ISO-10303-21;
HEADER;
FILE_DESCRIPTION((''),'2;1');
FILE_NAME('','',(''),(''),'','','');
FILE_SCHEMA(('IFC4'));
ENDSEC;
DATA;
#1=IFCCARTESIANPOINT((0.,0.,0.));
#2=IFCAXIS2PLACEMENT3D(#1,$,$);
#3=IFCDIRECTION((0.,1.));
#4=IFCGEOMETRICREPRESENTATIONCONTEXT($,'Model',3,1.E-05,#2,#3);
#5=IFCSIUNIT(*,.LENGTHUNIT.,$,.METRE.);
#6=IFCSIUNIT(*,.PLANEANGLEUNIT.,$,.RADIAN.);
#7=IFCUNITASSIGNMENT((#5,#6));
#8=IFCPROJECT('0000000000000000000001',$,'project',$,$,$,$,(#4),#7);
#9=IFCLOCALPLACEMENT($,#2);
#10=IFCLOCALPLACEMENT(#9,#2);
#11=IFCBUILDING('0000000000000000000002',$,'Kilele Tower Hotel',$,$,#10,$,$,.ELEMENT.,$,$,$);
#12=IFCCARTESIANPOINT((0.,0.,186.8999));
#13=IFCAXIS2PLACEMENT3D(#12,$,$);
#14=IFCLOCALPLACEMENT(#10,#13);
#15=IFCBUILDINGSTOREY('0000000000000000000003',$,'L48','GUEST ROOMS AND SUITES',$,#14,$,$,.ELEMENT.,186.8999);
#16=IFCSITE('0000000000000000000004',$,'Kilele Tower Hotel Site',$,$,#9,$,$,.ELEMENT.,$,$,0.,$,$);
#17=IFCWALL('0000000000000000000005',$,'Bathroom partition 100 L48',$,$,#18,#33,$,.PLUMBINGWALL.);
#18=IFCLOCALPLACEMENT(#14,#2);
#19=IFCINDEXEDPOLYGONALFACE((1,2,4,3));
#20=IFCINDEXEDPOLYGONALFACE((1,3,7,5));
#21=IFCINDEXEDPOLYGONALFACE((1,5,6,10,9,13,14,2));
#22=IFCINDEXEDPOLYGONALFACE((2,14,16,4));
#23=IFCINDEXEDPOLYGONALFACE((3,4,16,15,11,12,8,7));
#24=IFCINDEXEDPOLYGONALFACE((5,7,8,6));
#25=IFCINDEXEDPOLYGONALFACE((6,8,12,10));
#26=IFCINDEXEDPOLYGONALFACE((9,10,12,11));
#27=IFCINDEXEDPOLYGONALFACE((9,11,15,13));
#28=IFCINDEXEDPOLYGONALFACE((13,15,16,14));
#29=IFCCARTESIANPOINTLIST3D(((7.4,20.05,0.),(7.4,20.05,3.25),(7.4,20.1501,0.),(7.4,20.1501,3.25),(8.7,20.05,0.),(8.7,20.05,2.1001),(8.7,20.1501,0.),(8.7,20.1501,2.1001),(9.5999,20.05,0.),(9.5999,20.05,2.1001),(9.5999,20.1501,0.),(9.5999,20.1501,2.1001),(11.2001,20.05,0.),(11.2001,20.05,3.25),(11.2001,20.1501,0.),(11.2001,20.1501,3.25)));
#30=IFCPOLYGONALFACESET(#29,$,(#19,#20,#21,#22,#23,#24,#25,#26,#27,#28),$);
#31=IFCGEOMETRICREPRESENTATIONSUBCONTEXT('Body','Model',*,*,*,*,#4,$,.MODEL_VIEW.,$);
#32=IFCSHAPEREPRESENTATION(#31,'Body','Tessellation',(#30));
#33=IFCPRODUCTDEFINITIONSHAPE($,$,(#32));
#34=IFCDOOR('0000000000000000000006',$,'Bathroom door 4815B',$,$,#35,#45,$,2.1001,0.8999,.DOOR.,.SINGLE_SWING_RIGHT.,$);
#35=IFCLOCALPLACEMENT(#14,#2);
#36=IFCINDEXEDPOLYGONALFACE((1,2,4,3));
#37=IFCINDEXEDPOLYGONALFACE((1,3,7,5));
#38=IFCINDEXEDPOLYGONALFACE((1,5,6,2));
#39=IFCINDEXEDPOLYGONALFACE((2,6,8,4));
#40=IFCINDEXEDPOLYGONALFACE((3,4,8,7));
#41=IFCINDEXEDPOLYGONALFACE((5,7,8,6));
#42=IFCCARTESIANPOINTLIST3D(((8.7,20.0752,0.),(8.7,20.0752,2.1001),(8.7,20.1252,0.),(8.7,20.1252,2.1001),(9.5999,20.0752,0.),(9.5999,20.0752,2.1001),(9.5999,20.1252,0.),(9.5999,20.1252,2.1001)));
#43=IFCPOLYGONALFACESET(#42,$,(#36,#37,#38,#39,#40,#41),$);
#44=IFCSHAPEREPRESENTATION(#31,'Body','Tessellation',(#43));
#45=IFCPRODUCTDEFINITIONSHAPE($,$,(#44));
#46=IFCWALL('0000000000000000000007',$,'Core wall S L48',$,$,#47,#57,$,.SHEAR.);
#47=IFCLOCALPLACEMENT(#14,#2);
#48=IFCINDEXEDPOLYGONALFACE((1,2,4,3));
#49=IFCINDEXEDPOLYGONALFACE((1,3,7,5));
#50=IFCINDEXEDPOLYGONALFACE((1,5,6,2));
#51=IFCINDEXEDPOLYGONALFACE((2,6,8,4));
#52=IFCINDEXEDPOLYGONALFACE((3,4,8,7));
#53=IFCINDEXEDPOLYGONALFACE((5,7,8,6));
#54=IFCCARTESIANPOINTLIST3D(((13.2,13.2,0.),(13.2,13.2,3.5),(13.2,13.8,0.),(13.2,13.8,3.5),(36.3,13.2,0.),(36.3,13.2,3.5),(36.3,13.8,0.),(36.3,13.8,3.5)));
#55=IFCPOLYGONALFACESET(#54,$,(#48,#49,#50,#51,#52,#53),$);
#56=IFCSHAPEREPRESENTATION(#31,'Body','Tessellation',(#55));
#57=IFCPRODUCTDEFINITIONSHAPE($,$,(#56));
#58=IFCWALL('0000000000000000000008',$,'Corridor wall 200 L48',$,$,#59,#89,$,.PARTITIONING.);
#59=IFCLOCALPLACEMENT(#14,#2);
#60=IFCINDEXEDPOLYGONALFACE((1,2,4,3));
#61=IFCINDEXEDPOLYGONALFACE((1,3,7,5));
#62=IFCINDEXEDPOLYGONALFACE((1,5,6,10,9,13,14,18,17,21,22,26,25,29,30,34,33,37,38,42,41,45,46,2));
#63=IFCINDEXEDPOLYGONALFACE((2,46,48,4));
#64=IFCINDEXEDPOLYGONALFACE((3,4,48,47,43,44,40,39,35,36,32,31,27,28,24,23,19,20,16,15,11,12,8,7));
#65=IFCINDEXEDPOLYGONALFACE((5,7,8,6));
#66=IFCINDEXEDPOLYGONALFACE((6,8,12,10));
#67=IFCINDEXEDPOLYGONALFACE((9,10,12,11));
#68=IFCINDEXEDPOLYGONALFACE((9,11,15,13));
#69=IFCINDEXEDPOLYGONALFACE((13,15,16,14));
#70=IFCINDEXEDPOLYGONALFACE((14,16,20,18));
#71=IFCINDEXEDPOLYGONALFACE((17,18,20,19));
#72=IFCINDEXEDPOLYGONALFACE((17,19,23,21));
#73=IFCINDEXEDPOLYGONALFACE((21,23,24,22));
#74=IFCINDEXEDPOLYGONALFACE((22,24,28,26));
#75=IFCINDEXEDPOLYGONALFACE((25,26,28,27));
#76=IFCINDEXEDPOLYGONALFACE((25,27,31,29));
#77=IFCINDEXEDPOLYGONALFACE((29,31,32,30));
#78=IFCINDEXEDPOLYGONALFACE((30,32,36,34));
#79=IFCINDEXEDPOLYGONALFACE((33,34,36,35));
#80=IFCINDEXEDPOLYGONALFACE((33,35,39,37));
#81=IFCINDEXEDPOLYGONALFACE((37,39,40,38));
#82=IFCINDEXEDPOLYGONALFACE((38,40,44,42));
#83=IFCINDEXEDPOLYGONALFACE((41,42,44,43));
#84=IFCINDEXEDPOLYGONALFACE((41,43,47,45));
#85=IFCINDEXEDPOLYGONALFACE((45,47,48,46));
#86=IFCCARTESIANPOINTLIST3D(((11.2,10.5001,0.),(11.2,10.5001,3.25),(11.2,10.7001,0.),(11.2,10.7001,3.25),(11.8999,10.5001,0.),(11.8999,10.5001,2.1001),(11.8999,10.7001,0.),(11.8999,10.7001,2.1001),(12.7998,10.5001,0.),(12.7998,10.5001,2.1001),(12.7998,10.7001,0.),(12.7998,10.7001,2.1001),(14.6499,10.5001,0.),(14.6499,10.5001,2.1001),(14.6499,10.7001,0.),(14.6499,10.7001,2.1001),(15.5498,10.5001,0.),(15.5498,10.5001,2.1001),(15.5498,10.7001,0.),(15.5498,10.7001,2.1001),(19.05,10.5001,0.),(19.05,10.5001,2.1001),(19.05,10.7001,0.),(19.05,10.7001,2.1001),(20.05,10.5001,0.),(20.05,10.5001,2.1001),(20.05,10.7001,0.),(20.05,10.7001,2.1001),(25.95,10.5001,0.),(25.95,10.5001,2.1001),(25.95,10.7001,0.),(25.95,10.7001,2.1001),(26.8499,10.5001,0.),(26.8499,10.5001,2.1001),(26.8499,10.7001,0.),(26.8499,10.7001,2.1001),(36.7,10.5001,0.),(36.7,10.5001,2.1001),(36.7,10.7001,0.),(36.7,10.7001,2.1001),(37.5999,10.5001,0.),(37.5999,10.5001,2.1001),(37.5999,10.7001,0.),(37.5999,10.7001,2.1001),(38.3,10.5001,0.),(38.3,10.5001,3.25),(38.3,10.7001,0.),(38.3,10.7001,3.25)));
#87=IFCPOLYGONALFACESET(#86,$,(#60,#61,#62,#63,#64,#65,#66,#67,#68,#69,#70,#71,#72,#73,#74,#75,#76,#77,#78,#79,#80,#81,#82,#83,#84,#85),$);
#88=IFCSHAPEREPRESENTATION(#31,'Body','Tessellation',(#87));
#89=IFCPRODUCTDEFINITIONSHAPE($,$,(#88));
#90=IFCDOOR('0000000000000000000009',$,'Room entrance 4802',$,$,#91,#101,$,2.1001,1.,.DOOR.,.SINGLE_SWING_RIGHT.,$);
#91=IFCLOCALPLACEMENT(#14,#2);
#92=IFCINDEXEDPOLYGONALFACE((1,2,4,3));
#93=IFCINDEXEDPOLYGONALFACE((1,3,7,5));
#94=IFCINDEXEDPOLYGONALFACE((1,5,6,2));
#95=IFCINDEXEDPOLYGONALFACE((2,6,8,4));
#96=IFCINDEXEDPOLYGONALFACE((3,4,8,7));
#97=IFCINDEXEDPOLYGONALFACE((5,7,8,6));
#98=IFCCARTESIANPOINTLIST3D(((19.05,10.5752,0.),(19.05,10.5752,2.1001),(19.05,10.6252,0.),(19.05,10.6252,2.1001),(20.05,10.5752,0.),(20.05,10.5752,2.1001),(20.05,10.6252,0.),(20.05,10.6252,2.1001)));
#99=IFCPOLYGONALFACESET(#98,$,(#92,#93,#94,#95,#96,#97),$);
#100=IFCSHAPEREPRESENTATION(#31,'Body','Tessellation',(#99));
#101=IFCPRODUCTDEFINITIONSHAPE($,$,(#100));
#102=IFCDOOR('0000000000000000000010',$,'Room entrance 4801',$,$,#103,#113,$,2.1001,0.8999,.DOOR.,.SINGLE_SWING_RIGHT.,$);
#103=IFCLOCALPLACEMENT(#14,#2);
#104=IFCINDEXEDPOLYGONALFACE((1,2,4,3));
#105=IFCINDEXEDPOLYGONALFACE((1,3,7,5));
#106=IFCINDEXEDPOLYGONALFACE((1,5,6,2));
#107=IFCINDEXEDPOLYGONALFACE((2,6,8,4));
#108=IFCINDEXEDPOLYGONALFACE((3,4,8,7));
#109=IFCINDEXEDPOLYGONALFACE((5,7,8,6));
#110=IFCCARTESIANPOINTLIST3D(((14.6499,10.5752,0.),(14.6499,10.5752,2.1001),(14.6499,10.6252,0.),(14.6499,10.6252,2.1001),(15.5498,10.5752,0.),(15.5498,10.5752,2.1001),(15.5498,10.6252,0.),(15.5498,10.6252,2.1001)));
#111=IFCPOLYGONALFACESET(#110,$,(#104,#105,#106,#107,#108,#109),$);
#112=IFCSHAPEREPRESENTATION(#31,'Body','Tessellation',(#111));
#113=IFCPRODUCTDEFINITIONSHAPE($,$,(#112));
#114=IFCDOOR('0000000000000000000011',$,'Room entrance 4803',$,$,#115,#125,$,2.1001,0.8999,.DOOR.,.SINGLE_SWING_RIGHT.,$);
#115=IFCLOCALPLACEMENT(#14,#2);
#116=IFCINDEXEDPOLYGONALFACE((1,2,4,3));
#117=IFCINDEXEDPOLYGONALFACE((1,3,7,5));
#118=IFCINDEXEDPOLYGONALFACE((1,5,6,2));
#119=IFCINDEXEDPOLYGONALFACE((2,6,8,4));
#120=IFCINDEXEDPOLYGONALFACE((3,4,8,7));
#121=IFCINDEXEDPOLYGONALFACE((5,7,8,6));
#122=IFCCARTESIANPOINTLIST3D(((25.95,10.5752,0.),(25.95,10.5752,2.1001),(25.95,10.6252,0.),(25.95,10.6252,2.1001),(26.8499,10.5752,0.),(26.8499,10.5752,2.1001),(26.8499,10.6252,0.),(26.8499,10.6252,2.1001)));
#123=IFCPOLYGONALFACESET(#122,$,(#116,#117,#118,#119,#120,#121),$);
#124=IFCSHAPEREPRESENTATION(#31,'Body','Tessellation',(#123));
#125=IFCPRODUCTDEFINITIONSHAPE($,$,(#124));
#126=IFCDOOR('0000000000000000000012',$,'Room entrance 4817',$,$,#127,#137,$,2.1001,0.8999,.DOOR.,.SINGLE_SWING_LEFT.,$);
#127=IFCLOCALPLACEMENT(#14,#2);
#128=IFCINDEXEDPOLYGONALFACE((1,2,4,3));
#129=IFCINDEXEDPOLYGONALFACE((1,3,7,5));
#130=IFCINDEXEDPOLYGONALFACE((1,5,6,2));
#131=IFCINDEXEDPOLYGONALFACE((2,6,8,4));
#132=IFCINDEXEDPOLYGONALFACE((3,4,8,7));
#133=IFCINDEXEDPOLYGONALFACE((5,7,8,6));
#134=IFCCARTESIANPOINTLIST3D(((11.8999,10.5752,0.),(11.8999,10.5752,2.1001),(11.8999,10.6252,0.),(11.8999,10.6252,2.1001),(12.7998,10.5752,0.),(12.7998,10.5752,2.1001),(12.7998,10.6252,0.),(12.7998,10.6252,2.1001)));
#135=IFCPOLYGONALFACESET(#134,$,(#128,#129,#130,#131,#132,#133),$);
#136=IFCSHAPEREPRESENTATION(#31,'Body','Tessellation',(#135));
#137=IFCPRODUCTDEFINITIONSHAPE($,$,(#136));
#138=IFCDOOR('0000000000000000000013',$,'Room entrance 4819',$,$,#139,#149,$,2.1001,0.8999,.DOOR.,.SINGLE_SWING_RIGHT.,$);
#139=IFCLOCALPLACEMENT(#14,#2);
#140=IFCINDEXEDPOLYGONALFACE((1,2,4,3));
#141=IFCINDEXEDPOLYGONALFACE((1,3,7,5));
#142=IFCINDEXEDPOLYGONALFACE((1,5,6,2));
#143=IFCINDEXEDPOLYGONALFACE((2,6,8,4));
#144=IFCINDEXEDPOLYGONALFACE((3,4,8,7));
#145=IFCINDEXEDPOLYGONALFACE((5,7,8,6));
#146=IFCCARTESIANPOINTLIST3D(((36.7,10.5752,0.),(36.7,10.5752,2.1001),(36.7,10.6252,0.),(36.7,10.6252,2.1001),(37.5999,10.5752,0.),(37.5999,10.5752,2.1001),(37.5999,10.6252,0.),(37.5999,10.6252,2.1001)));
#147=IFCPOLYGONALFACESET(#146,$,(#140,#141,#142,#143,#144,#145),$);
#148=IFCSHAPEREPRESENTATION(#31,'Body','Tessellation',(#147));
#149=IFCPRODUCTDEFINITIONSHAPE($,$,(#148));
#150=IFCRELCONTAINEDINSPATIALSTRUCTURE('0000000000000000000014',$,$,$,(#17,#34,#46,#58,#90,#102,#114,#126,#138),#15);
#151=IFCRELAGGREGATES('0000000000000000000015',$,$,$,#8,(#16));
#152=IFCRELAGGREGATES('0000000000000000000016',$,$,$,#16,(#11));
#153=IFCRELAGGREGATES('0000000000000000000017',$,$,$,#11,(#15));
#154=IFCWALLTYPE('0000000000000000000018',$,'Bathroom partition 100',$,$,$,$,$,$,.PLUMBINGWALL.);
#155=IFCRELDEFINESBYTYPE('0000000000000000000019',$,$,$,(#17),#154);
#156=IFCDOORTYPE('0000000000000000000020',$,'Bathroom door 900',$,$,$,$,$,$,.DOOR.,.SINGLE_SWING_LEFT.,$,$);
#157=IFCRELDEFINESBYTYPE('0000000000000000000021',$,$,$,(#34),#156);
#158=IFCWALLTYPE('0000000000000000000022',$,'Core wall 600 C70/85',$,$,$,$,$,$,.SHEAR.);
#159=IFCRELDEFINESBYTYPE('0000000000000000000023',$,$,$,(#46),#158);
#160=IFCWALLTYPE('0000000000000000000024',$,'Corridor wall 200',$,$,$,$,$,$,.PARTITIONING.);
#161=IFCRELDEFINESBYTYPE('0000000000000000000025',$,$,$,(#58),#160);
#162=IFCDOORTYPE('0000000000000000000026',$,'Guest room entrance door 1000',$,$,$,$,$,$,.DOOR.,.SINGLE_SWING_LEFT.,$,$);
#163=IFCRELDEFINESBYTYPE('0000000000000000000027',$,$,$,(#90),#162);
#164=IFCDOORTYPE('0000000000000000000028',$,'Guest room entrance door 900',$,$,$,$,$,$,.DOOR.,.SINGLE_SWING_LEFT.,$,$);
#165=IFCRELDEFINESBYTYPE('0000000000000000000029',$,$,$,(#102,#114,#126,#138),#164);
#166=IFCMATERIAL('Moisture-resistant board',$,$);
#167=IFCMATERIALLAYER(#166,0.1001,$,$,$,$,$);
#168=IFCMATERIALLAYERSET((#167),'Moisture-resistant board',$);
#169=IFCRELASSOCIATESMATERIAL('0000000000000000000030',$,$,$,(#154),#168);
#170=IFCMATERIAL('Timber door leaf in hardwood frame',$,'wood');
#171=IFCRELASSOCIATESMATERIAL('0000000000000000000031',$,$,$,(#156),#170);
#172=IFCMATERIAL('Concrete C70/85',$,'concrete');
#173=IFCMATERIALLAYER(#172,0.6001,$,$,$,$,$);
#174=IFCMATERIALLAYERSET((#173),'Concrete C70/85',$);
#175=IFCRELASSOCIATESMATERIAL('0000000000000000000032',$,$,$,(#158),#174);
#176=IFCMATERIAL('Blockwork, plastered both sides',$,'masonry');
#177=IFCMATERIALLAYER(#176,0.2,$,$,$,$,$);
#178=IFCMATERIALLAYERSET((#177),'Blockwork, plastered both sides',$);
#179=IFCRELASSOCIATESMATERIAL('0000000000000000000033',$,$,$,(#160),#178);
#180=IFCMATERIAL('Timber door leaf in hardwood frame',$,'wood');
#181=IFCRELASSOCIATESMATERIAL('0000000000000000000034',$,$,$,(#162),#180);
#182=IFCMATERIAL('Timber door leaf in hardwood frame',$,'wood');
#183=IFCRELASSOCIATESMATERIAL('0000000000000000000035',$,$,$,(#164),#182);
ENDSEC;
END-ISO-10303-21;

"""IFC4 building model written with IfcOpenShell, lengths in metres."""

from ifc_helpers import new_model, si_unit, direction, frame, frame_2d, origin, place, context, subcontext, project, spatial, rectangle, extrude, material, layer, layer_set, type_object, element, fill, save


model = new_model("IFC4")

# Units and contexts
model_context = context("Model", 3, precision=1e-05, world=origin(), true_north=direction((0.0, 1.0)))
body_context = subcontext(model_context, "Body", "Model", "MODEL_VIEW")
ifc_project = project(units=[si_unit("LENGTHUNIT", "METRE"), si_unit("PLANEANGLEUNIT", "RADIAN")], contexts=[model_context])

# Site, building, storey
site_placement = place(None, origin())
site = spatial("IfcSite", under=ifc_project, at=site_placement, Name="Kilele Tower Hotel Site", CompositionType="ELEMENT", RefElevation=0.0)
building_placement = place(site_placement, origin())
building = spatial("IfcBuilding", under=site, at=building_placement, Name="Kilele Tower Hotel", CompositionType="ELEMENT")
storey_placement = place(building_placement, frame((0.0, 0.0, 186.8999)))
storey = spatial("IfcBuildingStorey", under=building, at=storey_placement, Name="L48", Description="GUEST ROOMS AND SUITES", CompositionType="ELEMENT", Elevation=186.8999)

# Wall, opening, door
ifc_material_1 = material(Name="Moisture-resistant board")
ifc_layer_1 = layer(ifc_material_1, 0.1001)
ifc_layer_set_1 = layer_set([ifc_layer_1], Name="Moisture-resistant board")
wall_type_1 = type_object("IfcWallType", Name="Bathroom partition 100", PredefinedType="PLUMBINGWALL", material=ifc_layer_set_1)
wall_1_placement = place(storey_placement, frame((11.2, 20.1001, 0.0), z_axis=(0.0, 0.0, 1.0), x_axis=(-1.0, 0.0, 0.0)))
wall_1 = element("IfcWall", 1, at=wall_1_placement, inside=storey, type_object=wall_type_1, Name="Bathroom partition 100 L48", PredefinedType="PLUMBINGWALL", context=body_context, shape_type="SweptSolid", body=[
    extrude(rectangle(XDim=3.8, YDim=0.1001, at=frame_2d((1.8999, 0.0))), origin(), (0.0, 0.0, 1.0), 3.25),
])
opening_1_placement = place(wall_1_placement, frame((1.6001, 0.0, 0.0)))
opening_1 = element("IfcOpeningElement", 2, at=opening_1_placement, cuts=wall_1, PredefinedType="OPENING", context=body_context, shape_type="SweptSolid", body=[
    extrude(rectangle(XDim=0.8999, YDim=2.1001, at=frame_2d((0.45, 1.05))), frame((0.0, 0.0601, 0.0), z_axis=(0.0, -1.0, 0.0), x_axis=(1.0, 0.0, 0.0)), (0.0, 0.0, 1.0), 0.1201),
])
ifc_material_2 = material(Name="Timber door leaf in hardwood frame", Category="wood")
door_type_1 = type_object("IfcDoorType", Name="Bathroom door 900", OperationType="SINGLE_SWING_LEFT", PredefinedType="DOOR", material=ifc_material_2)
door_1_placement = place(opening_1_placement, origin())
door_1 = element("IfcDoor", 3, at=door_1_placement, inside=storey, type_object=door_type_1, Name="Bathroom door 4815B", OperationType="SINGLE_SWING_RIGHT", OverallHeight=2.1001, OverallWidth=0.8999, PredefinedType="DOOR", context=body_context, shape_type="SweptSolid", body=[
    extrude(rectangle(XDim=0.8999, YDim=2.1001, at=frame_2d((0.45, 1.05))), frame((0.0, 0.0249, 0.0), z_axis=(0.0, -1.0, 0.0), x_axis=(1.0, 0.0, 0.0)), (0.0, 0.0, 1.0), 0.05),
])
fill(opening_1, door_1)

# Wall
ifc_material_3 = material(Name="Concrete C70/85", Category="concrete")
ifc_layer_2 = layer(ifc_material_3, 0.6001)
ifc_layer_set_2 = layer_set([ifc_layer_2], Name="Concrete C70/85")
wall_type_2 = type_object("IfcWallType", Name="Core wall 600 C70/85", PredefinedType="SHEAR", material=ifc_layer_set_2)
wall_2_placement = place(storey_placement, frame((13.2, 13.5, 0.0), z_axis=(0.0, 0.0, 1.0), x_axis=(1.0, 0.0, 0.0)))
element("IfcWall", 4, at=wall_2_placement, inside=storey, type_object=wall_type_2, Name="Core wall S L48", PredefinedType="SHEAR", context=body_context, shape_type="SweptSolid", body=[
    extrude(rectangle(XDim=23.1001, YDim=0.6001, at=frame_2d((11.55, 0.0))), origin(), (0.0, 0.0, 1.0), 3.5),
])

# Wall, openings, doors
ifc_material_4 = material(Name="Blockwork, plastered both sides", Category="masonry")
ifc_layer_3 = layer(ifc_material_4, 0.2)
ifc_layer_set_3 = layer_set([ifc_layer_3], Name="Blockwork, plastered both sides")
wall_type_3 = type_object("IfcWallType", Name="Corridor wall 200", PredefinedType="PARTITIONING", material=ifc_layer_set_3)
wall_3_placement = place(storey_placement, frame((11.2, 10.6001, 0.0), z_axis=(0.0, 0.0, 1.0), x_axis=(1.0, 0.0, 0.0)))
wall_3 = element("IfcWall", 5, at=wall_3_placement, inside=storey, type_object=wall_type_3, Name="Corridor wall 200 L48", PredefinedType="PARTITIONING", context=body_context, shape_type="SweptSolid", body=[
    extrude(rectangle(XDim=27.1001, YDim=0.2, at=frame_2d((13.55, 0.0))), origin(), (0.0, 0.0, 1.0), 3.25),
])
opening_2_placement = place(wall_3_placement, frame((4.3499, 0.0, 0.0), z_axis=(0.0, 0.0, 1.0), x_axis=(-1.0, 0.0, 0.0)))
opening_2 = element("IfcOpeningElement", 6, at=opening_2_placement, cuts=wall_3, PredefinedType="OPENING", context=body_context, shape_type="SweptSolid", body=[
    extrude(rectangle(XDim=0.8999, YDim=2.1001, at=frame_2d((0.45, 1.05))), frame((0.0, 0.1099, 0.0), z_axis=(0.0, -1.0, 0.0), x_axis=(1.0, 0.0, 0.0)), (0.0, 0.0, 1.0), 0.22),
])
opening_3_placement = place(wall_3_placement, frame((8.8501, 0.0, 0.0), z_axis=(0.0, 0.0, 1.0), x_axis=(-1.0, 0.0, 0.0)))
opening_3 = element("IfcOpeningElement", 7, at=opening_3_placement, cuts=wall_3, PredefinedType="OPENING", context=body_context, shape_type="SweptSolid", body=[
    extrude(rectangle(XDim=1.0, YDim=2.1001, at=frame_2d((0.5, 1.05))), frame((0.0, 0.1099, 0.0), z_axis=(0.0, -1.0, 0.0), x_axis=(1.0, 0.0, 0.0)), (0.0, 0.0, 1.0), 0.22),
])
opening_4_placement = place(wall_3_placement, frame((15.6499, 0.0, 0.0), z_axis=(0.0, 0.0, 1.0), x_axis=(-1.0, 0.0, 0.0)))
opening_4 = element("IfcOpeningElement", 8, at=opening_4_placement, cuts=wall_3, PredefinedType="OPENING", context=body_context, shape_type="SweptSolid", body=[
    extrude(rectangle(XDim=0.8999, YDim=2.1001, at=frame_2d((0.45, 1.05))), frame((0.0, 0.1099, 0.0), z_axis=(0.0, -1.0, 0.0), x_axis=(1.0, 0.0, 0.0)), (0.0, 0.0, 1.0), 0.22),
])
opening_5_placement = place(wall_3_placement, frame((1.5999, 0.0, 0.0), z_axis=(0.0, 0.0, 1.0), x_axis=(-1.0, 0.0, 0.0)))
opening_5 = element("IfcOpeningElement", 9, at=opening_5_placement, cuts=wall_3, PredefinedType="OPENING", context=body_context, shape_type="SweptSolid", body=[
    extrude(rectangle(XDim=0.8999, YDim=2.1001, at=frame_2d((0.45, 1.05))), frame((0.0, 0.1099, 0.0), z_axis=(0.0, -1.0, 0.0), x_axis=(1.0, 0.0, 0.0)), (0.0, 0.0, 1.0), 0.22),
])
opening_6_placement = place(wall_3_placement, frame((26.3999, 0.0, 0.0), z_axis=(0.0, 0.0, 1.0), x_axis=(-1.0, 0.0, 0.0)))
opening_6 = element("IfcOpeningElement", 10, at=opening_6_placement, cuts=wall_3, PredefinedType="OPENING", context=body_context, shape_type="SweptSolid", body=[
    extrude(rectangle(XDim=0.8999, YDim=2.1001, at=frame_2d((0.45, 1.05))), frame((0.0, 0.1099, 0.0), z_axis=(0.0, -1.0, 0.0), x_axis=(1.0, 0.0, 0.0)), (0.0, 0.0, 1.0), 0.22),
])
ifc_material_5 = material(Name="Timber door leaf in hardwood frame", Category="wood")
door_type_2 = type_object("IfcDoorType", Name="Guest room entrance door 1000", OperationType="SINGLE_SWING_LEFT", PredefinedType="DOOR", material=ifc_material_5)
door_2_placement = place(opening_3_placement, origin())
door_2 = element("IfcDoor", 11, at=door_2_placement, inside=storey, type_object=door_type_2, Name="Room entrance 4802", OperationType="SINGLE_SWING_RIGHT", OverallHeight=2.1001, OverallWidth=1.0, PredefinedType="DOOR", context=body_context, shape_type="SweptSolid", body=[
    extrude(rectangle(XDim=1.0, YDim=2.1001, at=frame_2d((0.5, 1.05))), frame((0.0, 0.0249, 0.0), z_axis=(0.0, -1.0, 0.0), x_axis=(1.0, 0.0, 0.0)), (0.0, 0.0, 1.0), 0.05),
])
fill(opening_3, door_2)
ifc_material_6 = material(Name="Timber door leaf in hardwood frame", Category="wood")
door_type_3 = type_object("IfcDoorType", Name="Guest room entrance door 900", OperationType="SINGLE_SWING_LEFT", PredefinedType="DOOR", material=ifc_material_6)
door_3_placement = place(opening_2_placement, origin())
door_3 = element("IfcDoor", 12, at=door_3_placement, inside=storey, type_object=door_type_3, Name="Room entrance 4801", OperationType="SINGLE_SWING_RIGHT", OverallHeight=2.1001, OverallWidth=0.8999, PredefinedType="DOOR", context=body_context, shape_type="SweptSolid", body=[
    extrude(rectangle(XDim=0.8999, YDim=2.1001, at=frame_2d((0.45, 1.05))), frame((0.0, 0.0249, 0.0), z_axis=(0.0, -1.0, 0.0), x_axis=(1.0, 0.0, 0.0)), (0.0, 0.0, 1.0), 0.05),
])
fill(opening_2, door_3)
door_4_placement = place(opening_4_placement, origin())
door_4 = element("IfcDoor", 13, at=door_4_placement, inside=storey, type_object=door_type_3, Name="Room entrance 4803", OperationType="SINGLE_SWING_RIGHT", OverallHeight=2.1001, OverallWidth=0.8999, PredefinedType="DOOR", context=body_context, shape_type="SweptSolid", body=[
    extrude(rectangle(XDim=0.8999, YDim=2.1001, at=frame_2d((0.45, 1.05))), frame((0.0, 0.0249, 0.0), z_axis=(0.0, -1.0, 0.0), x_axis=(1.0, 0.0, 0.0)), (0.0, 0.0, 1.0), 0.05),
])
fill(opening_4, door_4)
door_5_placement = place(opening_5_placement, origin())
door_5 = element("IfcDoor", 14, at=door_5_placement, inside=storey, type_object=door_type_3, Name="Room entrance 4817", OperationType="SINGLE_SWING_LEFT", OverallHeight=2.1001, OverallWidth=0.8999, PredefinedType="DOOR", context=body_context, shape_type="SweptSolid", body=[
    extrude(rectangle(XDim=0.8999, YDim=2.1001, at=frame_2d((0.45, 1.05))), frame((0.0, 0.0249, 0.0), z_axis=(0.0, -1.0, 0.0), x_axis=(1.0, 0.0, 0.0)), (0.0, 0.0, 1.0), 0.05),
])
fill(opening_5, door_5)
door_6_placement = place(opening_6_placement, origin())
door_6 = element("IfcDoor", 15, at=door_6_placement, inside=storey, type_object=door_type_3, Name="Room entrance 4819", OperationType="SINGLE_SWING_RIGHT", OverallHeight=2.1001, OverallWidth=0.8999, PredefinedType="DOOR", context=body_context, shape_type="SweptSolid", body=[
    extrude(rectangle(XDim=0.8999, YDim=2.1001, at=frame_2d((0.45, 1.05))), frame((0.0, 0.0249, 0.0), z_axis=(0.0, -1.0, 0.0), x_axis=(1.0, 0.0, 0.0)), (0.0, 0.0, 1.0), 0.05),
])
fill(opening_6, door_6)

save(model, "model.ifc")
